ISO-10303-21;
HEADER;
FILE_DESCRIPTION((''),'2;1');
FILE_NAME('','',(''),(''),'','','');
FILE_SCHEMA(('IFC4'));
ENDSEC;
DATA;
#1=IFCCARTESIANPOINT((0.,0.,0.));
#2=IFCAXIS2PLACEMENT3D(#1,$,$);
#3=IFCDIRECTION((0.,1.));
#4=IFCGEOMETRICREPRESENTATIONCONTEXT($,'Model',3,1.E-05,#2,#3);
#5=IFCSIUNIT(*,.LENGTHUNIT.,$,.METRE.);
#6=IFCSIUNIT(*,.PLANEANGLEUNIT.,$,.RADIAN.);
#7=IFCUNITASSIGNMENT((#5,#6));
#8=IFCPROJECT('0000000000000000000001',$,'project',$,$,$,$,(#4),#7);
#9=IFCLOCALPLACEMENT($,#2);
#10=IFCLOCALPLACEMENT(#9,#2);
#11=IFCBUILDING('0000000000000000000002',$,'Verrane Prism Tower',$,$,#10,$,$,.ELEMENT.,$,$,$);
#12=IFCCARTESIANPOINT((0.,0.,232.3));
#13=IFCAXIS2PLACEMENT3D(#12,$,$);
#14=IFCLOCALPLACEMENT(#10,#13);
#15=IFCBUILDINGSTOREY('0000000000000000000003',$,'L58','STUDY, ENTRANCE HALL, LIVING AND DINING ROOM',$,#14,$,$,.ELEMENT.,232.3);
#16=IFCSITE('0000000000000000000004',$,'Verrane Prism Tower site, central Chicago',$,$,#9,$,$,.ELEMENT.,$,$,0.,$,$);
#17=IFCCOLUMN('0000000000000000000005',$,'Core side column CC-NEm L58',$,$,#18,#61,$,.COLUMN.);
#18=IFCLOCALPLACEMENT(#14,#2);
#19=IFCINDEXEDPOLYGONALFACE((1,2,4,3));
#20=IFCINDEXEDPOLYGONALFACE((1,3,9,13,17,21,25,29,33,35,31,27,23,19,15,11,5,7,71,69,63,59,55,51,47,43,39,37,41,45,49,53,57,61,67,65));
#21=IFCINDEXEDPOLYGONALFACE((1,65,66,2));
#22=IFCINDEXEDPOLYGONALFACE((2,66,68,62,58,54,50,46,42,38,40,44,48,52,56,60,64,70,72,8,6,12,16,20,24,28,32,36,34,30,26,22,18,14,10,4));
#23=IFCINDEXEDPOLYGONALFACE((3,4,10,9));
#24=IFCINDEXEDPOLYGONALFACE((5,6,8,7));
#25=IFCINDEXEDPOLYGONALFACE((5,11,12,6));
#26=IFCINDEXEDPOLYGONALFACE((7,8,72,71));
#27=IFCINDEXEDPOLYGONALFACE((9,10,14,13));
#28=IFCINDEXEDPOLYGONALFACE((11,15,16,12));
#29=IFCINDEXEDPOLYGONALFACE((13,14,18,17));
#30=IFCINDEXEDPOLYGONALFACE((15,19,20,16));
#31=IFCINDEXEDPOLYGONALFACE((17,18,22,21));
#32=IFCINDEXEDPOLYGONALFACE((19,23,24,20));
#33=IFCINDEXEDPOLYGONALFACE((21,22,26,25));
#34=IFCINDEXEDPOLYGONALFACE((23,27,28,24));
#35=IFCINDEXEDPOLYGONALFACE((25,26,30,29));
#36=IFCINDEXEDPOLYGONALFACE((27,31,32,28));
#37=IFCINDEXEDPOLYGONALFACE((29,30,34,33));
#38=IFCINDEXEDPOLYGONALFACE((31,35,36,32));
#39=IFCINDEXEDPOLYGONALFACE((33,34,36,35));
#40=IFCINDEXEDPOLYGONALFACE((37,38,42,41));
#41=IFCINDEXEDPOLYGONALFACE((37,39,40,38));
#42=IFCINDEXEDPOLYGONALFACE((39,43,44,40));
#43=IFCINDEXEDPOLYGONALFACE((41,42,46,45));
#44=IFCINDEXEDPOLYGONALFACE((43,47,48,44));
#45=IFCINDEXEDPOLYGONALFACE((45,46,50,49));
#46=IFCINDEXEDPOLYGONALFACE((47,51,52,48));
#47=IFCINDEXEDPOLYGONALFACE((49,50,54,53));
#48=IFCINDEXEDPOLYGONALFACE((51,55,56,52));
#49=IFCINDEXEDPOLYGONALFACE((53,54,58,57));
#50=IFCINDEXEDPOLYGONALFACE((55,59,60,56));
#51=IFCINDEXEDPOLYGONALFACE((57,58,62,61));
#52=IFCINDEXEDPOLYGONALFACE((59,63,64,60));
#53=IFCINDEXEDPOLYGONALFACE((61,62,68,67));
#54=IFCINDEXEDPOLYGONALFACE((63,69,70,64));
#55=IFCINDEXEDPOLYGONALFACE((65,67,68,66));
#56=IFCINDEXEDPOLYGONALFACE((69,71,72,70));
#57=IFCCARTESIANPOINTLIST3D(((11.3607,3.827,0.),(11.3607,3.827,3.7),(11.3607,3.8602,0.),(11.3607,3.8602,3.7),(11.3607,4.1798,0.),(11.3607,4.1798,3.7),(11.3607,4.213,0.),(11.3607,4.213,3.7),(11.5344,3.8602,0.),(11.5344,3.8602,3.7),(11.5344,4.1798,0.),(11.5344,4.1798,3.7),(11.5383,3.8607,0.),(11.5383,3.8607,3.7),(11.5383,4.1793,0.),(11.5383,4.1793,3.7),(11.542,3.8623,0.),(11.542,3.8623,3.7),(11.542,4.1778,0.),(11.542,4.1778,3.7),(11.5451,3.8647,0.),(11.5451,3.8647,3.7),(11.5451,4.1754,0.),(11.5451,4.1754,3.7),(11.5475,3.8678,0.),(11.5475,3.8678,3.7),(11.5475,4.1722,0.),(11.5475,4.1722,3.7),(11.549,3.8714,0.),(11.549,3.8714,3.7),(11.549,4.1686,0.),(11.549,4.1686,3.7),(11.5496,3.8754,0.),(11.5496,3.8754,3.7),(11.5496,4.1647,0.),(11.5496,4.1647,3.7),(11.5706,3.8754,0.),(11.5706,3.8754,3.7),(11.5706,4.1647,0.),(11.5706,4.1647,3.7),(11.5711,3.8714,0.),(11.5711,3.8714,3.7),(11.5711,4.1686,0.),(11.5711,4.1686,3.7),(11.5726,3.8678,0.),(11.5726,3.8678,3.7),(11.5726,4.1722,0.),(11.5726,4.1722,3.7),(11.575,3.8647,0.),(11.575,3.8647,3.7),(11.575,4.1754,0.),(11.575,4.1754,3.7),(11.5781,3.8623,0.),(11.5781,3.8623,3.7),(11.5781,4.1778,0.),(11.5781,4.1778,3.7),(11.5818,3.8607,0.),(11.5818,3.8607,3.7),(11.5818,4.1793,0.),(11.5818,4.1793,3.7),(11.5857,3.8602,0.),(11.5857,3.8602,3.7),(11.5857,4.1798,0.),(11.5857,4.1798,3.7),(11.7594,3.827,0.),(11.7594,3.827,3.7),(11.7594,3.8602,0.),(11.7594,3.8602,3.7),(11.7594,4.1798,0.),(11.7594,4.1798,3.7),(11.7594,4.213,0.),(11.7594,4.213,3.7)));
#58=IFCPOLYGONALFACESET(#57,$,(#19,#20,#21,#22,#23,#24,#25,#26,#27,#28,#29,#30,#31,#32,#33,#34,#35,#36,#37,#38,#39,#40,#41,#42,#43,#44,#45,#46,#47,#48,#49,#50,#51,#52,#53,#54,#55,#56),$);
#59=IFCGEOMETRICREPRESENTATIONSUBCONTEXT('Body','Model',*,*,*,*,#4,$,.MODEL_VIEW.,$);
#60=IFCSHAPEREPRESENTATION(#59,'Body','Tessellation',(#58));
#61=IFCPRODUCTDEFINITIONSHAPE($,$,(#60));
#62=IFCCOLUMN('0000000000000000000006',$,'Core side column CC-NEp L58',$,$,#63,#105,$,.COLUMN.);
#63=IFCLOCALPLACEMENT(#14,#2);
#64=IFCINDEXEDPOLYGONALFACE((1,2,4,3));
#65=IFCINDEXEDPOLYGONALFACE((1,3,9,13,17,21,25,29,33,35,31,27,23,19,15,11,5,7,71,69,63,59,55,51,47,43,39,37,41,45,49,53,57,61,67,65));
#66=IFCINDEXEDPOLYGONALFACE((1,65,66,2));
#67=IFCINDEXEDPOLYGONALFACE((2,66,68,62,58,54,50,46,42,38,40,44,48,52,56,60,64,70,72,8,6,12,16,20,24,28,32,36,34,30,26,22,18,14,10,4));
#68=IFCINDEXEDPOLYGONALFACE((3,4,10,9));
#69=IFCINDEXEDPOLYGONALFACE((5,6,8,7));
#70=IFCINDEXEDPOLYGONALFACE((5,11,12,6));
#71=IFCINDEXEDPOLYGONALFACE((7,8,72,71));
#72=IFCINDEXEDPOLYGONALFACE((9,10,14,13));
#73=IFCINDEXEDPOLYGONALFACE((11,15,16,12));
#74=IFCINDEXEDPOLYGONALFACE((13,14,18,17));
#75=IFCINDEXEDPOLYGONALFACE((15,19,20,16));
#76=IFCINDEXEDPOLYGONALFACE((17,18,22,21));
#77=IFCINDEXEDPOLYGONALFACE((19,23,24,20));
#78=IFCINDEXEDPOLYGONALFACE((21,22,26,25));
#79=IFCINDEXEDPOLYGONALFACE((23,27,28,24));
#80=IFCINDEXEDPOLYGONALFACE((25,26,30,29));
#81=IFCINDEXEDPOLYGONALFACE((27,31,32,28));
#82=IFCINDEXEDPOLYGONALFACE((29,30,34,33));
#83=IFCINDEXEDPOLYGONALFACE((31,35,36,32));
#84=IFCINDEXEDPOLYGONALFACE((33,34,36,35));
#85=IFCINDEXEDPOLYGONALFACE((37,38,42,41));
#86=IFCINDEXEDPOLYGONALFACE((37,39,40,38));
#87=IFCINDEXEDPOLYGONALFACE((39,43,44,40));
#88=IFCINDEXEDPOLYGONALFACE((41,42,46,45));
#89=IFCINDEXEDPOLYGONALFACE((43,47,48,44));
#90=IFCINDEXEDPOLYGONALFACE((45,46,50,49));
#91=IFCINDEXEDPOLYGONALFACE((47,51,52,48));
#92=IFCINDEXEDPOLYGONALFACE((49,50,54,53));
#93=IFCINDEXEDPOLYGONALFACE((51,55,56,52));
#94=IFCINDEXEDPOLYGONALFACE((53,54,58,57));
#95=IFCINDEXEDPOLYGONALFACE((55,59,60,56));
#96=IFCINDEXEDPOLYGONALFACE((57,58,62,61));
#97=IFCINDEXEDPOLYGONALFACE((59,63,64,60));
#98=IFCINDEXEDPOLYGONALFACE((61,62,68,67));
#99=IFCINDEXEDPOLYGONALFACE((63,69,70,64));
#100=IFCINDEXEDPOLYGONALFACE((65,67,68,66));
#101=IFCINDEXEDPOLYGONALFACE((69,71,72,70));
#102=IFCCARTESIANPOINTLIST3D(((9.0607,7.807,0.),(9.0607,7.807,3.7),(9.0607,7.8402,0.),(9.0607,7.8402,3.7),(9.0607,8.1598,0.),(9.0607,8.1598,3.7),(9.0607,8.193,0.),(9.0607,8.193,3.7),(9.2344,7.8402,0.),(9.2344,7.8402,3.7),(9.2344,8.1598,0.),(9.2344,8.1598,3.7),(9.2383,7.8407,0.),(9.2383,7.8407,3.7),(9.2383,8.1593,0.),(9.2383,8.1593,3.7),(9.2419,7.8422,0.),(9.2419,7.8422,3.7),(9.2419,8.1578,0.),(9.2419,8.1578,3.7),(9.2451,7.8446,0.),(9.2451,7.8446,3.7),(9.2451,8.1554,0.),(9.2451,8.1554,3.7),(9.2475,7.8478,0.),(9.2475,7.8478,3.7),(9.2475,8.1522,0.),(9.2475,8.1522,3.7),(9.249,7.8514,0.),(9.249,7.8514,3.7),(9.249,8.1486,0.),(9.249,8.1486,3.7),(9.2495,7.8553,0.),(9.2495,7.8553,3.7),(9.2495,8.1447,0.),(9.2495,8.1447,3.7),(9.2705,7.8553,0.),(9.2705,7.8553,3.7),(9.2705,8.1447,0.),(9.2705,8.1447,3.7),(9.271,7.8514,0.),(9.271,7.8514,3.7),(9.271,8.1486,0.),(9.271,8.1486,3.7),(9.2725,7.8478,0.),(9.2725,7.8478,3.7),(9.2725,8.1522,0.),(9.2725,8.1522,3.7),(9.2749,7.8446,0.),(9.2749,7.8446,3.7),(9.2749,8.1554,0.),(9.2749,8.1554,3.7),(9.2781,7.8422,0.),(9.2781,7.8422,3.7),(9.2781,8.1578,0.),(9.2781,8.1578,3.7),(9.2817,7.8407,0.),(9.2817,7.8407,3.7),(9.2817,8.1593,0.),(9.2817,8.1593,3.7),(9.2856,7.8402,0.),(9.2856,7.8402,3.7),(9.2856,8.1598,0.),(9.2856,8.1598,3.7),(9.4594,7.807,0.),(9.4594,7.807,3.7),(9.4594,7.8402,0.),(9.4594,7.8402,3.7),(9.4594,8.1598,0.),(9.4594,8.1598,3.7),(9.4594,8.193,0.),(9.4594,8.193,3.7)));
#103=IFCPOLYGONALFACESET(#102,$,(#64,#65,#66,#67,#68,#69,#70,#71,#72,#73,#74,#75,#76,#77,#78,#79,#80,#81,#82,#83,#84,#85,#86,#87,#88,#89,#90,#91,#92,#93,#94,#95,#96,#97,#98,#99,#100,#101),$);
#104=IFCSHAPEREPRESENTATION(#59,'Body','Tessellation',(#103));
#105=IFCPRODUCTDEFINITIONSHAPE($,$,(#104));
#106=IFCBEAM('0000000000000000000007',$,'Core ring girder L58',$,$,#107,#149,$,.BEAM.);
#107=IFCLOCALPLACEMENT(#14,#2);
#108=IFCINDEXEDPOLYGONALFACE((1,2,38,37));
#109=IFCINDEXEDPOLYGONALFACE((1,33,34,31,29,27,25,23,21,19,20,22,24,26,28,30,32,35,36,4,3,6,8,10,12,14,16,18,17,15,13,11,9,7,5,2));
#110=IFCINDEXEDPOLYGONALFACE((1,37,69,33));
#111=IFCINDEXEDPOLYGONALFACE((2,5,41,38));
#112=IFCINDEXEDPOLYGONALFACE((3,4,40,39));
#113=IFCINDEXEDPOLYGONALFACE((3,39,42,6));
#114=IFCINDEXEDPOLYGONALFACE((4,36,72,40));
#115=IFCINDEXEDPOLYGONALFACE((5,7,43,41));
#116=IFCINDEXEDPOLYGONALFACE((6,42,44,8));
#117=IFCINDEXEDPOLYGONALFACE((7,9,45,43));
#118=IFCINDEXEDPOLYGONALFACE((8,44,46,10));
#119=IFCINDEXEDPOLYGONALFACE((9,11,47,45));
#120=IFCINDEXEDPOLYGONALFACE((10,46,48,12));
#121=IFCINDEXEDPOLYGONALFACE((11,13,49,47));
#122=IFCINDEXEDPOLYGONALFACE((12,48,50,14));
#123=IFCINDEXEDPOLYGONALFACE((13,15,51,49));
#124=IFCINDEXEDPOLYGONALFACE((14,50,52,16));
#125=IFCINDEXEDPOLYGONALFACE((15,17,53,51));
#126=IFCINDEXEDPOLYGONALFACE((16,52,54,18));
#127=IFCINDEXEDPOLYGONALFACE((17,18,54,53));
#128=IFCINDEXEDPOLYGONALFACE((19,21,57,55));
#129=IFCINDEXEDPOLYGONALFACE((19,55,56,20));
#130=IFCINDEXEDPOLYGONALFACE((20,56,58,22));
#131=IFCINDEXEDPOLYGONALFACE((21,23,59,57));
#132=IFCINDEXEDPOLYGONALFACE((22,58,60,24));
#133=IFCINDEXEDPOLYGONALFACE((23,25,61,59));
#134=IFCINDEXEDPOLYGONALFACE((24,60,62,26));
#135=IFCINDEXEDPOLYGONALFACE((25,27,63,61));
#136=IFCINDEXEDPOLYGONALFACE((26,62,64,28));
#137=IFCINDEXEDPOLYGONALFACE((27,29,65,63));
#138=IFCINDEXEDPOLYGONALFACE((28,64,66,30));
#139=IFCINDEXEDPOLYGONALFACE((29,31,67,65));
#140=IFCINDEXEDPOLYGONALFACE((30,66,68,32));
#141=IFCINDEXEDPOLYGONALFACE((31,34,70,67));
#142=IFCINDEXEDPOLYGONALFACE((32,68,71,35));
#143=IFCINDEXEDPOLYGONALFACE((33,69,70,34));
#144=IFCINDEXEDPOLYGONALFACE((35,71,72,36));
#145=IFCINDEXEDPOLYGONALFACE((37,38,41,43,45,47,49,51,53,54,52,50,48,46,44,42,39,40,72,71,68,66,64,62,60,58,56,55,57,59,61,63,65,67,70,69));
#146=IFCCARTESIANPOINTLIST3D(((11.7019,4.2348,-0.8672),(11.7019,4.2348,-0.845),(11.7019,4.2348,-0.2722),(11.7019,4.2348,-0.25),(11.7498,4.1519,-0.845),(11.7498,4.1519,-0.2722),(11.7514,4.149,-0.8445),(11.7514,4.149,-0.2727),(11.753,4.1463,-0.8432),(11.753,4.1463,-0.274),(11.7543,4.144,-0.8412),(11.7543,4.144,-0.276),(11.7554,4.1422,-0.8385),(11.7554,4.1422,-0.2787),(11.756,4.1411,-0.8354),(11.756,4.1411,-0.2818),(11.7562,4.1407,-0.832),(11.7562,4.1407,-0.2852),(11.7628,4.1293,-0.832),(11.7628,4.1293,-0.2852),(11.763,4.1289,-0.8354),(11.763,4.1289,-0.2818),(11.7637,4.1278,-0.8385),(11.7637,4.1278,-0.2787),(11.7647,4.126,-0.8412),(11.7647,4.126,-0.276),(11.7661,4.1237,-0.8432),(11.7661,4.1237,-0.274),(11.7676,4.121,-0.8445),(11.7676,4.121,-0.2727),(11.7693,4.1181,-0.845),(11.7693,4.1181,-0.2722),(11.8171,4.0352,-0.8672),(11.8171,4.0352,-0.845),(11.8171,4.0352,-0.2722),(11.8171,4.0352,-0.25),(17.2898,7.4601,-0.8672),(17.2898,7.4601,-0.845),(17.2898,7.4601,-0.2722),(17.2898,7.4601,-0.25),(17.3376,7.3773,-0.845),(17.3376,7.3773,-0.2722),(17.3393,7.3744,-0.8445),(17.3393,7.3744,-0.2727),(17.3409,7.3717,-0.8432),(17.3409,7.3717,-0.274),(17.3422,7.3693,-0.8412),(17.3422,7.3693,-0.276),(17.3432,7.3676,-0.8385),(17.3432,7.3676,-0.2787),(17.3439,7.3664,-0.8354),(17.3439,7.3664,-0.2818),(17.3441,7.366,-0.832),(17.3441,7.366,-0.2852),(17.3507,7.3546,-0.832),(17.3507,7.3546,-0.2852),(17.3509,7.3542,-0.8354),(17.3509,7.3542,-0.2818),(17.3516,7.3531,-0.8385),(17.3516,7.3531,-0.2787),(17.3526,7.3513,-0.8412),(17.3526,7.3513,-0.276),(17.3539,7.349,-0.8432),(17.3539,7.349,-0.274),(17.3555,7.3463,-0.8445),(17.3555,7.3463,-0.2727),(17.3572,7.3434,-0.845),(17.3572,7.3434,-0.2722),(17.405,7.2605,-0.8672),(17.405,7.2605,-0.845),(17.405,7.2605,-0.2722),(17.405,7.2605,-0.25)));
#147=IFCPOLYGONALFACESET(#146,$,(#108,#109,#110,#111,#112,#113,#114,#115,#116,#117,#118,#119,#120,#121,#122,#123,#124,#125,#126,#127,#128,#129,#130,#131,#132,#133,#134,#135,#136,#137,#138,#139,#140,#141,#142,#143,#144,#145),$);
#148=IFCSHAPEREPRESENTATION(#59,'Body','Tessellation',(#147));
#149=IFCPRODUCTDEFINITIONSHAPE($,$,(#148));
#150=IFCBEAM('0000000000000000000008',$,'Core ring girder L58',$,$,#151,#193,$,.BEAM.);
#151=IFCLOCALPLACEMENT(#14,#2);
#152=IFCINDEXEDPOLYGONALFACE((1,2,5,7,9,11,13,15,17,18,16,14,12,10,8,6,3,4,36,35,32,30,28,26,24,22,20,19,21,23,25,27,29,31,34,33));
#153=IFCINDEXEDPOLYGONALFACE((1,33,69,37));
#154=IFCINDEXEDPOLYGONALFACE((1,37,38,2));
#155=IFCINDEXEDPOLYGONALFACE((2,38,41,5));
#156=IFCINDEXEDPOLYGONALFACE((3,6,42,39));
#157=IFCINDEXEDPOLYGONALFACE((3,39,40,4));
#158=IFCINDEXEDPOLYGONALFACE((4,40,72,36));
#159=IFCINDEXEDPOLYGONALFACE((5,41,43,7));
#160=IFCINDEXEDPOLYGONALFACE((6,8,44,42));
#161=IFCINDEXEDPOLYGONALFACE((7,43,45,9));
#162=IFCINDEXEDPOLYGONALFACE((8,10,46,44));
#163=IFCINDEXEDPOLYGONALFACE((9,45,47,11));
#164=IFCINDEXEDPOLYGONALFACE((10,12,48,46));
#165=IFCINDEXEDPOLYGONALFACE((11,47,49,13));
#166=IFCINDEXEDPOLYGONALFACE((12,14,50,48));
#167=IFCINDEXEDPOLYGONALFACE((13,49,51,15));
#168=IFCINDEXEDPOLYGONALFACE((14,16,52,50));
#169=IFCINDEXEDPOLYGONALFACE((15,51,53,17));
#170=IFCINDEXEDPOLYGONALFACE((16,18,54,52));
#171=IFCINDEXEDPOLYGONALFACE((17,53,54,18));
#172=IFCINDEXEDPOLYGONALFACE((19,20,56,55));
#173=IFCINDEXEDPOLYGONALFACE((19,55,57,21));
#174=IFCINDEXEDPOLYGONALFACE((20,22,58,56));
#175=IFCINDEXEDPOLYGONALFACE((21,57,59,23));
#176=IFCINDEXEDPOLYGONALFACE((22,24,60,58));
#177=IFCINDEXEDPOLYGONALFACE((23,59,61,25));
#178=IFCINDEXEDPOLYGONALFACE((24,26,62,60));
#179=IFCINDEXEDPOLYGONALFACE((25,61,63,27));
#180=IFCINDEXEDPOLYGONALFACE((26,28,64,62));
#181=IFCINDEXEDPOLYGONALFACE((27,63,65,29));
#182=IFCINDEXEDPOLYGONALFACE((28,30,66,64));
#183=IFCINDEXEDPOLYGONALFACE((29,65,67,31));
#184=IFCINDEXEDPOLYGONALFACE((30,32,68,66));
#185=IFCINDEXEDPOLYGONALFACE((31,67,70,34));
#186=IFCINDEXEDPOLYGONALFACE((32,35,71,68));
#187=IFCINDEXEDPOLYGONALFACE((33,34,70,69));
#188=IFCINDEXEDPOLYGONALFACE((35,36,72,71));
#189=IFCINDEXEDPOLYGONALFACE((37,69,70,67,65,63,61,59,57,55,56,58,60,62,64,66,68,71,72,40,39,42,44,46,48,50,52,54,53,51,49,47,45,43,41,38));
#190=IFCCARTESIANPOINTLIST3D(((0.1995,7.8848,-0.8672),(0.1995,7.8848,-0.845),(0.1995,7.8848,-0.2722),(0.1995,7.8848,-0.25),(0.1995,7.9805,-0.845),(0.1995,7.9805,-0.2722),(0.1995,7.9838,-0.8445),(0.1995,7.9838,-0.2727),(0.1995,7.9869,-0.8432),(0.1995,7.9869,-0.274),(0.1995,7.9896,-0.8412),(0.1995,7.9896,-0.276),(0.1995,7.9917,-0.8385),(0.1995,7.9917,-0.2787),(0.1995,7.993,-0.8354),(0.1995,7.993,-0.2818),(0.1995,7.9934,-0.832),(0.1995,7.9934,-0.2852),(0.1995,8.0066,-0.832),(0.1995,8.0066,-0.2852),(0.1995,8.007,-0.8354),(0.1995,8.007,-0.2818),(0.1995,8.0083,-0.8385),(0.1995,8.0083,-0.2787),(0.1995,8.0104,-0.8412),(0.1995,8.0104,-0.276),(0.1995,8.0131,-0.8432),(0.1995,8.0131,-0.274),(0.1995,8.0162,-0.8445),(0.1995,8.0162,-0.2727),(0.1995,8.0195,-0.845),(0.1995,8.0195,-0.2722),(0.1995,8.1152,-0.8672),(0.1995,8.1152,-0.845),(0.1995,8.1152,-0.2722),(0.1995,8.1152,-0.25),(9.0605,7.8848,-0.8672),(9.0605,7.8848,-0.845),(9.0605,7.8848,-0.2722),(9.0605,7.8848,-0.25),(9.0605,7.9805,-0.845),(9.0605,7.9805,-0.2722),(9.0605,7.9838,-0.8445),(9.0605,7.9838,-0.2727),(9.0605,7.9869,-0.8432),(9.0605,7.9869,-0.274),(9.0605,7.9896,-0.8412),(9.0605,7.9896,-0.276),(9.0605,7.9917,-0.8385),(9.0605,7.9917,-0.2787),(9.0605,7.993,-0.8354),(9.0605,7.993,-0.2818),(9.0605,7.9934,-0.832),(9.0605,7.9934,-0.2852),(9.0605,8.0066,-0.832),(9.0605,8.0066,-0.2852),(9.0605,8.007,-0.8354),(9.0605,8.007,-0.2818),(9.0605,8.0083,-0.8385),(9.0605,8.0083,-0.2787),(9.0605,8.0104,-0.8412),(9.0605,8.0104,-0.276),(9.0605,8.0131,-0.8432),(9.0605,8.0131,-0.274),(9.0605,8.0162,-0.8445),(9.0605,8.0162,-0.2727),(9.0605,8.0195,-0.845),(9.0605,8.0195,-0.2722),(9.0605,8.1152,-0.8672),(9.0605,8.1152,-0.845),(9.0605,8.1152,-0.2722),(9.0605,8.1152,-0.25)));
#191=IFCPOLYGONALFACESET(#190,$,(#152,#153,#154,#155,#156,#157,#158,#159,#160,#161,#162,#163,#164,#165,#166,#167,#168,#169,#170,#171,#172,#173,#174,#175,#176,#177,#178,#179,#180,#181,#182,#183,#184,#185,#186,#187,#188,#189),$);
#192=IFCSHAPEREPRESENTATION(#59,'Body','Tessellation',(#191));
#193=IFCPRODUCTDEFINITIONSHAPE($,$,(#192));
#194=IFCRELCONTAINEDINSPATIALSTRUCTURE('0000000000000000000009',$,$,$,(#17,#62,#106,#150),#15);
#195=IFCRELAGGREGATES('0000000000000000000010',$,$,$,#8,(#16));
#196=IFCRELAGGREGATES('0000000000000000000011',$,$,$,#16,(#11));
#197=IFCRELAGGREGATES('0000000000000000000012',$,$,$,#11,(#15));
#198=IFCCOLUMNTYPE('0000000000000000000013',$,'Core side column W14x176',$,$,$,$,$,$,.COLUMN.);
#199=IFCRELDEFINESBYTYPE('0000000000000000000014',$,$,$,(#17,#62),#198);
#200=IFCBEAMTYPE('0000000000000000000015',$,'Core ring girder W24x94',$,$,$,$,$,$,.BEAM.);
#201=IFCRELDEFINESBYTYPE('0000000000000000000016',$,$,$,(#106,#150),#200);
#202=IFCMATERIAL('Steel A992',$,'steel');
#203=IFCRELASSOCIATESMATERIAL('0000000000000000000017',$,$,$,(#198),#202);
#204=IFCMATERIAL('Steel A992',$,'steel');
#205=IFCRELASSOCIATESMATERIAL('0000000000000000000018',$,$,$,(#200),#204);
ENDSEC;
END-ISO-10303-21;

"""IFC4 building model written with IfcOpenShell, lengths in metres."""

from ifc_helpers import new_model, si_unit, direction, frame, origin, origin_2d, place, context, subcontext, project, spatial, i_section, extrude, material, material_profile, profile_set, type_object, element, save


model = new_model("IFC4")

# Units and contexts
model_context = context("Model", 3, precision=1e-05, world=origin(), true_north=direction((0.0, 1.0)))
body_context = subcontext(model_context, "Body", "Model", "MODEL_VIEW")
ifc_project = project(units=[si_unit("LENGTHUNIT", "METRE"), si_unit("PLANEANGLEUNIT", "RADIAN")], contexts=[model_context])

# Site, building, storey
site_placement = place(None, origin())
site = spatial("IfcSite", under=ifc_project, at=site_placement, Name="Verrane Prism Tower site, central Chicago", CompositionType="ELEMENT", RefElevation=0.0)
building_placement = place(site_placement, origin())
building = spatial("IfcBuilding", under=site, at=building_placement, Name="Verrane Prism Tower", CompositionType="ELEMENT")
storey_placement = place(building_placement, frame((0.0, 0.0, 232.3)))
storey = spatial("IfcBuildingStorey", under=building, at=storey_placement, Name="L58", Description="STUDY, ENTRANCE HALL, LIVING AND DINING ROOM", CompositionType="ELEMENT", Elevation=232.3)

# Columns
ifc_material_1 = material(Name="Steel A992", Category="steel")
ifc_material_profile_1 = material_profile(ifc_material_1, i_section(OverallWidth=0.3987, OverallDepth=0.386, WebThickness=0.021, FlangeThickness=0.0332, FilletRadius=0.0151, at=origin_2d()), Name="W14x176")
ifc_profile_set_1 = profile_set([ifc_material_profile_1], Name="Steel A992")
column_type = type_object("IfcColumnType", Name="Core side column W14x176", PredefinedType="COLUMN", material=ifc_profile_set_1)
for number, where, z_axis, x_axis, name in (
    (1, (11.5601, 4.02, 0.0), (0.0, 0.0, 1.0), (1.0, 0.0, 0.0), "Core side column CC-NEm L58"),
    (2, (9.26, 8.0, 0.0), (0.0, 0.0, 1.0), (1.0, 0.0, 0.0), "Core side column CC-NEp L58"),
):
    element("IfcColumn", number, at=place(storey_placement, frame(where, z_axis=z_axis, x_axis=x_axis)), inside=storey, type_object=column_type, Name=name, PredefinedType="COLUMN", context=body_context, shape_type="SweptSolid", body=[
        extrude(i_section(OverallWidth=0.3987, OverallDepth=0.386, WebThickness=0.021, FlangeThickness=0.0332, FilletRadius=0.0151, at=origin_2d()), origin(), (0.0, 0.0, 1.0), 3.7),
    ])

# Beams
ifc_material_2 = material(Name="Steel A992", Category="steel")
ifc_material_profile_2 = material_profile(ifc_material_2, i_section(OverallWidth=0.2305, OverallDepth=0.6172, WebThickness=0.0132, FlangeThickness=0.0222, FilletRadius=0.0129, at=origin_2d()), Name="W24x94")
ifc_profile_set_2 = profile_set([ifc_material_profile_2], Name="Steel A992")
beam_type = type_object("IfcBeamType", Name="Core ring girder W24x94", PredefinedType="BEAM", material=ifc_profile_set_2)
beam_1_placement = place(storey_placement, frame((11.7595, 4.135, -0.5586), z_axis=(0.866081, 0.499904, 0.0), x_axis=(-0.499904, 0.866081, 0.0)))
element("IfcBeam", 3, at=beam_1_placement, inside=storey, type_object=beam_type, Name="Core ring girder L58", PredefinedType="BEAM", context=body_context, shape_type="SweptSolid", body=[
    extrude(i_section(OverallWidth=0.2305, OverallDepth=0.6172, WebThickness=0.0132, FlangeThickness=0.0222, FilletRadius=0.0129, at=origin_2d()), origin(), (0.0, 0.0, 1.0), 6.4519),
])
beam_2_placement = place(storey_placement, frame((9.0605, 8.0, -0.5586), z_axis=(-1.0, 0.0, 0.0), x_axis=(0.0, -1.0, 0.0)))
element("IfcBeam", 4, at=beam_2_placement, inside=storey, type_object=beam_type, Name="Core ring girder L58", PredefinedType="BEAM", context=body_context, shape_type="SweptSolid", body=[
    extrude(i_section(OverallWidth=0.2305, OverallDepth=0.6172, WebThickness=0.0132, FlangeThickness=0.0222, FilletRadius=0.0129, at=origin_2d()), origin(), (0.0, 0.0, 1.0), 8.8611),
])

save(model, "model.ifc")
